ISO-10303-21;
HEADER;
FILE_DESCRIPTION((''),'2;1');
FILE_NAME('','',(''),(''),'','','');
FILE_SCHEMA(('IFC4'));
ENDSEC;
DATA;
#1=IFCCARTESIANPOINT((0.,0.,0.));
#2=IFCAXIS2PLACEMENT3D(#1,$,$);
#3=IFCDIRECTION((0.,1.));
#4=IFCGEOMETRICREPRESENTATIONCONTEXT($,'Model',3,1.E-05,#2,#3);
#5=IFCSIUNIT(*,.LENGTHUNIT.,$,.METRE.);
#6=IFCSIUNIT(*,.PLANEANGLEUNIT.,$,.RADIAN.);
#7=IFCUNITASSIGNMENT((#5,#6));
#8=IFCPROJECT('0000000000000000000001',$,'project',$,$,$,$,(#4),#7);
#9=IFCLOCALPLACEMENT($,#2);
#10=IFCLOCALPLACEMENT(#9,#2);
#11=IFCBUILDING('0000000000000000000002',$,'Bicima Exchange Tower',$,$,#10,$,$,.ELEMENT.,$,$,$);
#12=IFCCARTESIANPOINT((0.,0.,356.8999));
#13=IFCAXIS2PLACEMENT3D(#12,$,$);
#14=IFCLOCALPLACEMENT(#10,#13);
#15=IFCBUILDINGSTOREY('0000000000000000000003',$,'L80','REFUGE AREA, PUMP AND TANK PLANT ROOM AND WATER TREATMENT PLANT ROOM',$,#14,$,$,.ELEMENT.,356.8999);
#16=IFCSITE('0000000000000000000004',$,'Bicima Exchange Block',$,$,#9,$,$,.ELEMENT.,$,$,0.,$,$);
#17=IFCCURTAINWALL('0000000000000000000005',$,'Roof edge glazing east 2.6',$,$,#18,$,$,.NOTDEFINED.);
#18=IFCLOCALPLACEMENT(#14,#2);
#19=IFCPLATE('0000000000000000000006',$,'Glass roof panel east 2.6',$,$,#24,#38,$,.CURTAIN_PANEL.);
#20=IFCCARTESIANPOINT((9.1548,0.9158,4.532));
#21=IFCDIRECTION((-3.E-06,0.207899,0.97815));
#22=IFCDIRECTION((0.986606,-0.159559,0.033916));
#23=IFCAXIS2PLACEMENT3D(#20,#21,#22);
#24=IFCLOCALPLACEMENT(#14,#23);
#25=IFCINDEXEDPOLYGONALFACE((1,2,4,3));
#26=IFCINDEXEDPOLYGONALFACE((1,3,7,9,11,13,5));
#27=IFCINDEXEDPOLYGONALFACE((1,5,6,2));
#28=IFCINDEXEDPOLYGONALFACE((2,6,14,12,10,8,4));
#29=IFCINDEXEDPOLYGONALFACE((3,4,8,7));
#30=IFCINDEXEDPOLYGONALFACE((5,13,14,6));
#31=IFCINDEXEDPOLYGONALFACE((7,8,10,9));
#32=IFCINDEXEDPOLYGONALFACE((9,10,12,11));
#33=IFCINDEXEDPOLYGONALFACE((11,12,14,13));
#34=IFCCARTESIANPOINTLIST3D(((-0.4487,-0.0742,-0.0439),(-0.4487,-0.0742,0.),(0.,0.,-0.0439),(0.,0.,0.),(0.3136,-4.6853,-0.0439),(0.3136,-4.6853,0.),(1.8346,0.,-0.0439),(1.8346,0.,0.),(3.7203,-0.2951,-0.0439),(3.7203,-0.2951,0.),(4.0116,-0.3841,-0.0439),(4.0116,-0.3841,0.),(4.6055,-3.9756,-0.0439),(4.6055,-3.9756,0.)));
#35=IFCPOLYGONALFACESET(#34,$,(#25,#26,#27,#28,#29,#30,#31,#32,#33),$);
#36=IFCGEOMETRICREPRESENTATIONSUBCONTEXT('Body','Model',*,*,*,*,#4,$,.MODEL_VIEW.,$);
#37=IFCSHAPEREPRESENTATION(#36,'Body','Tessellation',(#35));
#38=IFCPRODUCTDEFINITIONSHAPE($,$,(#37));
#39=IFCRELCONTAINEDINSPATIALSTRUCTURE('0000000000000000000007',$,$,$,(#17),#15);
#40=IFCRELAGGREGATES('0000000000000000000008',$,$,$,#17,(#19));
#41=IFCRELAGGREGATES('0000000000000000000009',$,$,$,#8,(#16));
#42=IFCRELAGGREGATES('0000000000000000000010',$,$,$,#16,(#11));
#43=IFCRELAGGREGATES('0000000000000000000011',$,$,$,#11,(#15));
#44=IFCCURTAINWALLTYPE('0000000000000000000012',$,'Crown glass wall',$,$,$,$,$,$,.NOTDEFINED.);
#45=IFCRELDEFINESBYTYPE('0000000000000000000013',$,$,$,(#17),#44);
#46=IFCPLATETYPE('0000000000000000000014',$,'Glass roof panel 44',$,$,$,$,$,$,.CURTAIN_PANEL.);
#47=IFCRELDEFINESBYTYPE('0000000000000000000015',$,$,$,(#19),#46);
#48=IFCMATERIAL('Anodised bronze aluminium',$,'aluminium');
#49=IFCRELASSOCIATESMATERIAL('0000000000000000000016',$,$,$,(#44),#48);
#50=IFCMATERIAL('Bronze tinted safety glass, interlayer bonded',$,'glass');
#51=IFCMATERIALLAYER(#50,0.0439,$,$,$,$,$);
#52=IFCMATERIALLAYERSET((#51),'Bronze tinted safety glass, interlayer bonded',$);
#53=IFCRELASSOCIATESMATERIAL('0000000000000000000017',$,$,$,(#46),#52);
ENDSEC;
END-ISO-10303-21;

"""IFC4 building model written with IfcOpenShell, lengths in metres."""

from ifc_helpers import new_model, si_unit, direction, frame, origin, place, context, subcontext, project, spatial, polyline, outline, extrude, material, layer, layer_set, type_object, element, aggregate, save


model = new_model("IFC4")

# Units and contexts
model_context = context("Model", 3, precision=1e-05, world=origin(), true_north=direction((0.0, 1.0)))
body_context = subcontext(model_context, "Body", "Model", "MODEL_VIEW")
ifc_project = project(units=[si_unit("LENGTHUNIT", "METRE"), si_unit("PLANEANGLEUNIT", "RADIAN")], contexts=[model_context])

# Site, building, storey
site_placement = place(None, origin())
site = spatial("IfcSite", under=ifc_project, at=site_placement, Name="Bicima Exchange Block", CompositionType="ELEMENT", RefElevation=0.0)
building_placement = place(site_placement, origin())
building = spatial("IfcBuilding", under=site, at=building_placement, Name="Bicima Exchange Tower", CompositionType="ELEMENT")
storey_placement = place(building_placement, frame((0.0, 0.0, 356.8999)))
storey = spatial("IfcBuildingStorey", under=building, at=storey_placement, Name="L80", Description="REFUGE AREA, PUMP AND TANK PLANT ROOM AND WATER TREATMENT PLANT ROOM", CompositionType="ELEMENT", Elevation=356.8999)

# Shared definitions
ifc_material_1 = material(Name="Anodised bronze aluminium", Category="aluminium")
curtain_wall_type = type_object("IfcCurtainWallType", Name="Crown glass wall", PredefinedType="NOTDEFINED", material=ifc_material_1)

# Curtain wall, plate
curtain_wall_1_placement = place(storey_placement, origin())
curtain_wall_1 = element("IfcCurtainWall", 1, at=curtain_wall_1_placement, inside=storey, type_object=curtain_wall_type, Name="Roof edge glazing east 2.6", PredefinedType="NOTDEFINED")
ifc_material_2 = material(Name="Bronze tinted safety glass, interlayer bonded", Category="glass")
ifc_layer_1 = layer(ifc_material_2, 0.0439)
ifc_layer_set_1 = layer_set([ifc_layer_1], Name="Bronze tinted safety glass, interlayer bonded")
plate_type_1 = type_object("IfcPlateType", Name="Glass roof panel 44", PredefinedType="CURTAIN_PANEL", material=ifc_layer_set_1)
plate_1_placement = place(storey_placement, frame((9.1548, 0.9158, 4.532), z_axis=(-0.000003, 0.207899, 0.97815), x_axis=(0.986606, -0.159559, 0.033916)))
plate_1 = element("IfcPlate", 2, at=plate_1_placement, type_object=plate_type_1, Name="Glass roof panel east 2.6", PredefinedType="CURTAIN_PANEL", context=body_context, shape_type="SweptSolid", body=[
    extrude(outline(polyline([(0.0, 0.0), (1.8346, 0.0), (3.7203, -0.2951), (4.0116, -0.3841), (4.6055, -3.9756), (0.3136, -4.6853), (-0.4487, -0.0742), (0.0, 0.0)])), origin(), (0.0, 0.0, -1.0), 0.0439),
])
aggregate(curtain_wall_1, [plate_1])

save(model, "model.ifc")
